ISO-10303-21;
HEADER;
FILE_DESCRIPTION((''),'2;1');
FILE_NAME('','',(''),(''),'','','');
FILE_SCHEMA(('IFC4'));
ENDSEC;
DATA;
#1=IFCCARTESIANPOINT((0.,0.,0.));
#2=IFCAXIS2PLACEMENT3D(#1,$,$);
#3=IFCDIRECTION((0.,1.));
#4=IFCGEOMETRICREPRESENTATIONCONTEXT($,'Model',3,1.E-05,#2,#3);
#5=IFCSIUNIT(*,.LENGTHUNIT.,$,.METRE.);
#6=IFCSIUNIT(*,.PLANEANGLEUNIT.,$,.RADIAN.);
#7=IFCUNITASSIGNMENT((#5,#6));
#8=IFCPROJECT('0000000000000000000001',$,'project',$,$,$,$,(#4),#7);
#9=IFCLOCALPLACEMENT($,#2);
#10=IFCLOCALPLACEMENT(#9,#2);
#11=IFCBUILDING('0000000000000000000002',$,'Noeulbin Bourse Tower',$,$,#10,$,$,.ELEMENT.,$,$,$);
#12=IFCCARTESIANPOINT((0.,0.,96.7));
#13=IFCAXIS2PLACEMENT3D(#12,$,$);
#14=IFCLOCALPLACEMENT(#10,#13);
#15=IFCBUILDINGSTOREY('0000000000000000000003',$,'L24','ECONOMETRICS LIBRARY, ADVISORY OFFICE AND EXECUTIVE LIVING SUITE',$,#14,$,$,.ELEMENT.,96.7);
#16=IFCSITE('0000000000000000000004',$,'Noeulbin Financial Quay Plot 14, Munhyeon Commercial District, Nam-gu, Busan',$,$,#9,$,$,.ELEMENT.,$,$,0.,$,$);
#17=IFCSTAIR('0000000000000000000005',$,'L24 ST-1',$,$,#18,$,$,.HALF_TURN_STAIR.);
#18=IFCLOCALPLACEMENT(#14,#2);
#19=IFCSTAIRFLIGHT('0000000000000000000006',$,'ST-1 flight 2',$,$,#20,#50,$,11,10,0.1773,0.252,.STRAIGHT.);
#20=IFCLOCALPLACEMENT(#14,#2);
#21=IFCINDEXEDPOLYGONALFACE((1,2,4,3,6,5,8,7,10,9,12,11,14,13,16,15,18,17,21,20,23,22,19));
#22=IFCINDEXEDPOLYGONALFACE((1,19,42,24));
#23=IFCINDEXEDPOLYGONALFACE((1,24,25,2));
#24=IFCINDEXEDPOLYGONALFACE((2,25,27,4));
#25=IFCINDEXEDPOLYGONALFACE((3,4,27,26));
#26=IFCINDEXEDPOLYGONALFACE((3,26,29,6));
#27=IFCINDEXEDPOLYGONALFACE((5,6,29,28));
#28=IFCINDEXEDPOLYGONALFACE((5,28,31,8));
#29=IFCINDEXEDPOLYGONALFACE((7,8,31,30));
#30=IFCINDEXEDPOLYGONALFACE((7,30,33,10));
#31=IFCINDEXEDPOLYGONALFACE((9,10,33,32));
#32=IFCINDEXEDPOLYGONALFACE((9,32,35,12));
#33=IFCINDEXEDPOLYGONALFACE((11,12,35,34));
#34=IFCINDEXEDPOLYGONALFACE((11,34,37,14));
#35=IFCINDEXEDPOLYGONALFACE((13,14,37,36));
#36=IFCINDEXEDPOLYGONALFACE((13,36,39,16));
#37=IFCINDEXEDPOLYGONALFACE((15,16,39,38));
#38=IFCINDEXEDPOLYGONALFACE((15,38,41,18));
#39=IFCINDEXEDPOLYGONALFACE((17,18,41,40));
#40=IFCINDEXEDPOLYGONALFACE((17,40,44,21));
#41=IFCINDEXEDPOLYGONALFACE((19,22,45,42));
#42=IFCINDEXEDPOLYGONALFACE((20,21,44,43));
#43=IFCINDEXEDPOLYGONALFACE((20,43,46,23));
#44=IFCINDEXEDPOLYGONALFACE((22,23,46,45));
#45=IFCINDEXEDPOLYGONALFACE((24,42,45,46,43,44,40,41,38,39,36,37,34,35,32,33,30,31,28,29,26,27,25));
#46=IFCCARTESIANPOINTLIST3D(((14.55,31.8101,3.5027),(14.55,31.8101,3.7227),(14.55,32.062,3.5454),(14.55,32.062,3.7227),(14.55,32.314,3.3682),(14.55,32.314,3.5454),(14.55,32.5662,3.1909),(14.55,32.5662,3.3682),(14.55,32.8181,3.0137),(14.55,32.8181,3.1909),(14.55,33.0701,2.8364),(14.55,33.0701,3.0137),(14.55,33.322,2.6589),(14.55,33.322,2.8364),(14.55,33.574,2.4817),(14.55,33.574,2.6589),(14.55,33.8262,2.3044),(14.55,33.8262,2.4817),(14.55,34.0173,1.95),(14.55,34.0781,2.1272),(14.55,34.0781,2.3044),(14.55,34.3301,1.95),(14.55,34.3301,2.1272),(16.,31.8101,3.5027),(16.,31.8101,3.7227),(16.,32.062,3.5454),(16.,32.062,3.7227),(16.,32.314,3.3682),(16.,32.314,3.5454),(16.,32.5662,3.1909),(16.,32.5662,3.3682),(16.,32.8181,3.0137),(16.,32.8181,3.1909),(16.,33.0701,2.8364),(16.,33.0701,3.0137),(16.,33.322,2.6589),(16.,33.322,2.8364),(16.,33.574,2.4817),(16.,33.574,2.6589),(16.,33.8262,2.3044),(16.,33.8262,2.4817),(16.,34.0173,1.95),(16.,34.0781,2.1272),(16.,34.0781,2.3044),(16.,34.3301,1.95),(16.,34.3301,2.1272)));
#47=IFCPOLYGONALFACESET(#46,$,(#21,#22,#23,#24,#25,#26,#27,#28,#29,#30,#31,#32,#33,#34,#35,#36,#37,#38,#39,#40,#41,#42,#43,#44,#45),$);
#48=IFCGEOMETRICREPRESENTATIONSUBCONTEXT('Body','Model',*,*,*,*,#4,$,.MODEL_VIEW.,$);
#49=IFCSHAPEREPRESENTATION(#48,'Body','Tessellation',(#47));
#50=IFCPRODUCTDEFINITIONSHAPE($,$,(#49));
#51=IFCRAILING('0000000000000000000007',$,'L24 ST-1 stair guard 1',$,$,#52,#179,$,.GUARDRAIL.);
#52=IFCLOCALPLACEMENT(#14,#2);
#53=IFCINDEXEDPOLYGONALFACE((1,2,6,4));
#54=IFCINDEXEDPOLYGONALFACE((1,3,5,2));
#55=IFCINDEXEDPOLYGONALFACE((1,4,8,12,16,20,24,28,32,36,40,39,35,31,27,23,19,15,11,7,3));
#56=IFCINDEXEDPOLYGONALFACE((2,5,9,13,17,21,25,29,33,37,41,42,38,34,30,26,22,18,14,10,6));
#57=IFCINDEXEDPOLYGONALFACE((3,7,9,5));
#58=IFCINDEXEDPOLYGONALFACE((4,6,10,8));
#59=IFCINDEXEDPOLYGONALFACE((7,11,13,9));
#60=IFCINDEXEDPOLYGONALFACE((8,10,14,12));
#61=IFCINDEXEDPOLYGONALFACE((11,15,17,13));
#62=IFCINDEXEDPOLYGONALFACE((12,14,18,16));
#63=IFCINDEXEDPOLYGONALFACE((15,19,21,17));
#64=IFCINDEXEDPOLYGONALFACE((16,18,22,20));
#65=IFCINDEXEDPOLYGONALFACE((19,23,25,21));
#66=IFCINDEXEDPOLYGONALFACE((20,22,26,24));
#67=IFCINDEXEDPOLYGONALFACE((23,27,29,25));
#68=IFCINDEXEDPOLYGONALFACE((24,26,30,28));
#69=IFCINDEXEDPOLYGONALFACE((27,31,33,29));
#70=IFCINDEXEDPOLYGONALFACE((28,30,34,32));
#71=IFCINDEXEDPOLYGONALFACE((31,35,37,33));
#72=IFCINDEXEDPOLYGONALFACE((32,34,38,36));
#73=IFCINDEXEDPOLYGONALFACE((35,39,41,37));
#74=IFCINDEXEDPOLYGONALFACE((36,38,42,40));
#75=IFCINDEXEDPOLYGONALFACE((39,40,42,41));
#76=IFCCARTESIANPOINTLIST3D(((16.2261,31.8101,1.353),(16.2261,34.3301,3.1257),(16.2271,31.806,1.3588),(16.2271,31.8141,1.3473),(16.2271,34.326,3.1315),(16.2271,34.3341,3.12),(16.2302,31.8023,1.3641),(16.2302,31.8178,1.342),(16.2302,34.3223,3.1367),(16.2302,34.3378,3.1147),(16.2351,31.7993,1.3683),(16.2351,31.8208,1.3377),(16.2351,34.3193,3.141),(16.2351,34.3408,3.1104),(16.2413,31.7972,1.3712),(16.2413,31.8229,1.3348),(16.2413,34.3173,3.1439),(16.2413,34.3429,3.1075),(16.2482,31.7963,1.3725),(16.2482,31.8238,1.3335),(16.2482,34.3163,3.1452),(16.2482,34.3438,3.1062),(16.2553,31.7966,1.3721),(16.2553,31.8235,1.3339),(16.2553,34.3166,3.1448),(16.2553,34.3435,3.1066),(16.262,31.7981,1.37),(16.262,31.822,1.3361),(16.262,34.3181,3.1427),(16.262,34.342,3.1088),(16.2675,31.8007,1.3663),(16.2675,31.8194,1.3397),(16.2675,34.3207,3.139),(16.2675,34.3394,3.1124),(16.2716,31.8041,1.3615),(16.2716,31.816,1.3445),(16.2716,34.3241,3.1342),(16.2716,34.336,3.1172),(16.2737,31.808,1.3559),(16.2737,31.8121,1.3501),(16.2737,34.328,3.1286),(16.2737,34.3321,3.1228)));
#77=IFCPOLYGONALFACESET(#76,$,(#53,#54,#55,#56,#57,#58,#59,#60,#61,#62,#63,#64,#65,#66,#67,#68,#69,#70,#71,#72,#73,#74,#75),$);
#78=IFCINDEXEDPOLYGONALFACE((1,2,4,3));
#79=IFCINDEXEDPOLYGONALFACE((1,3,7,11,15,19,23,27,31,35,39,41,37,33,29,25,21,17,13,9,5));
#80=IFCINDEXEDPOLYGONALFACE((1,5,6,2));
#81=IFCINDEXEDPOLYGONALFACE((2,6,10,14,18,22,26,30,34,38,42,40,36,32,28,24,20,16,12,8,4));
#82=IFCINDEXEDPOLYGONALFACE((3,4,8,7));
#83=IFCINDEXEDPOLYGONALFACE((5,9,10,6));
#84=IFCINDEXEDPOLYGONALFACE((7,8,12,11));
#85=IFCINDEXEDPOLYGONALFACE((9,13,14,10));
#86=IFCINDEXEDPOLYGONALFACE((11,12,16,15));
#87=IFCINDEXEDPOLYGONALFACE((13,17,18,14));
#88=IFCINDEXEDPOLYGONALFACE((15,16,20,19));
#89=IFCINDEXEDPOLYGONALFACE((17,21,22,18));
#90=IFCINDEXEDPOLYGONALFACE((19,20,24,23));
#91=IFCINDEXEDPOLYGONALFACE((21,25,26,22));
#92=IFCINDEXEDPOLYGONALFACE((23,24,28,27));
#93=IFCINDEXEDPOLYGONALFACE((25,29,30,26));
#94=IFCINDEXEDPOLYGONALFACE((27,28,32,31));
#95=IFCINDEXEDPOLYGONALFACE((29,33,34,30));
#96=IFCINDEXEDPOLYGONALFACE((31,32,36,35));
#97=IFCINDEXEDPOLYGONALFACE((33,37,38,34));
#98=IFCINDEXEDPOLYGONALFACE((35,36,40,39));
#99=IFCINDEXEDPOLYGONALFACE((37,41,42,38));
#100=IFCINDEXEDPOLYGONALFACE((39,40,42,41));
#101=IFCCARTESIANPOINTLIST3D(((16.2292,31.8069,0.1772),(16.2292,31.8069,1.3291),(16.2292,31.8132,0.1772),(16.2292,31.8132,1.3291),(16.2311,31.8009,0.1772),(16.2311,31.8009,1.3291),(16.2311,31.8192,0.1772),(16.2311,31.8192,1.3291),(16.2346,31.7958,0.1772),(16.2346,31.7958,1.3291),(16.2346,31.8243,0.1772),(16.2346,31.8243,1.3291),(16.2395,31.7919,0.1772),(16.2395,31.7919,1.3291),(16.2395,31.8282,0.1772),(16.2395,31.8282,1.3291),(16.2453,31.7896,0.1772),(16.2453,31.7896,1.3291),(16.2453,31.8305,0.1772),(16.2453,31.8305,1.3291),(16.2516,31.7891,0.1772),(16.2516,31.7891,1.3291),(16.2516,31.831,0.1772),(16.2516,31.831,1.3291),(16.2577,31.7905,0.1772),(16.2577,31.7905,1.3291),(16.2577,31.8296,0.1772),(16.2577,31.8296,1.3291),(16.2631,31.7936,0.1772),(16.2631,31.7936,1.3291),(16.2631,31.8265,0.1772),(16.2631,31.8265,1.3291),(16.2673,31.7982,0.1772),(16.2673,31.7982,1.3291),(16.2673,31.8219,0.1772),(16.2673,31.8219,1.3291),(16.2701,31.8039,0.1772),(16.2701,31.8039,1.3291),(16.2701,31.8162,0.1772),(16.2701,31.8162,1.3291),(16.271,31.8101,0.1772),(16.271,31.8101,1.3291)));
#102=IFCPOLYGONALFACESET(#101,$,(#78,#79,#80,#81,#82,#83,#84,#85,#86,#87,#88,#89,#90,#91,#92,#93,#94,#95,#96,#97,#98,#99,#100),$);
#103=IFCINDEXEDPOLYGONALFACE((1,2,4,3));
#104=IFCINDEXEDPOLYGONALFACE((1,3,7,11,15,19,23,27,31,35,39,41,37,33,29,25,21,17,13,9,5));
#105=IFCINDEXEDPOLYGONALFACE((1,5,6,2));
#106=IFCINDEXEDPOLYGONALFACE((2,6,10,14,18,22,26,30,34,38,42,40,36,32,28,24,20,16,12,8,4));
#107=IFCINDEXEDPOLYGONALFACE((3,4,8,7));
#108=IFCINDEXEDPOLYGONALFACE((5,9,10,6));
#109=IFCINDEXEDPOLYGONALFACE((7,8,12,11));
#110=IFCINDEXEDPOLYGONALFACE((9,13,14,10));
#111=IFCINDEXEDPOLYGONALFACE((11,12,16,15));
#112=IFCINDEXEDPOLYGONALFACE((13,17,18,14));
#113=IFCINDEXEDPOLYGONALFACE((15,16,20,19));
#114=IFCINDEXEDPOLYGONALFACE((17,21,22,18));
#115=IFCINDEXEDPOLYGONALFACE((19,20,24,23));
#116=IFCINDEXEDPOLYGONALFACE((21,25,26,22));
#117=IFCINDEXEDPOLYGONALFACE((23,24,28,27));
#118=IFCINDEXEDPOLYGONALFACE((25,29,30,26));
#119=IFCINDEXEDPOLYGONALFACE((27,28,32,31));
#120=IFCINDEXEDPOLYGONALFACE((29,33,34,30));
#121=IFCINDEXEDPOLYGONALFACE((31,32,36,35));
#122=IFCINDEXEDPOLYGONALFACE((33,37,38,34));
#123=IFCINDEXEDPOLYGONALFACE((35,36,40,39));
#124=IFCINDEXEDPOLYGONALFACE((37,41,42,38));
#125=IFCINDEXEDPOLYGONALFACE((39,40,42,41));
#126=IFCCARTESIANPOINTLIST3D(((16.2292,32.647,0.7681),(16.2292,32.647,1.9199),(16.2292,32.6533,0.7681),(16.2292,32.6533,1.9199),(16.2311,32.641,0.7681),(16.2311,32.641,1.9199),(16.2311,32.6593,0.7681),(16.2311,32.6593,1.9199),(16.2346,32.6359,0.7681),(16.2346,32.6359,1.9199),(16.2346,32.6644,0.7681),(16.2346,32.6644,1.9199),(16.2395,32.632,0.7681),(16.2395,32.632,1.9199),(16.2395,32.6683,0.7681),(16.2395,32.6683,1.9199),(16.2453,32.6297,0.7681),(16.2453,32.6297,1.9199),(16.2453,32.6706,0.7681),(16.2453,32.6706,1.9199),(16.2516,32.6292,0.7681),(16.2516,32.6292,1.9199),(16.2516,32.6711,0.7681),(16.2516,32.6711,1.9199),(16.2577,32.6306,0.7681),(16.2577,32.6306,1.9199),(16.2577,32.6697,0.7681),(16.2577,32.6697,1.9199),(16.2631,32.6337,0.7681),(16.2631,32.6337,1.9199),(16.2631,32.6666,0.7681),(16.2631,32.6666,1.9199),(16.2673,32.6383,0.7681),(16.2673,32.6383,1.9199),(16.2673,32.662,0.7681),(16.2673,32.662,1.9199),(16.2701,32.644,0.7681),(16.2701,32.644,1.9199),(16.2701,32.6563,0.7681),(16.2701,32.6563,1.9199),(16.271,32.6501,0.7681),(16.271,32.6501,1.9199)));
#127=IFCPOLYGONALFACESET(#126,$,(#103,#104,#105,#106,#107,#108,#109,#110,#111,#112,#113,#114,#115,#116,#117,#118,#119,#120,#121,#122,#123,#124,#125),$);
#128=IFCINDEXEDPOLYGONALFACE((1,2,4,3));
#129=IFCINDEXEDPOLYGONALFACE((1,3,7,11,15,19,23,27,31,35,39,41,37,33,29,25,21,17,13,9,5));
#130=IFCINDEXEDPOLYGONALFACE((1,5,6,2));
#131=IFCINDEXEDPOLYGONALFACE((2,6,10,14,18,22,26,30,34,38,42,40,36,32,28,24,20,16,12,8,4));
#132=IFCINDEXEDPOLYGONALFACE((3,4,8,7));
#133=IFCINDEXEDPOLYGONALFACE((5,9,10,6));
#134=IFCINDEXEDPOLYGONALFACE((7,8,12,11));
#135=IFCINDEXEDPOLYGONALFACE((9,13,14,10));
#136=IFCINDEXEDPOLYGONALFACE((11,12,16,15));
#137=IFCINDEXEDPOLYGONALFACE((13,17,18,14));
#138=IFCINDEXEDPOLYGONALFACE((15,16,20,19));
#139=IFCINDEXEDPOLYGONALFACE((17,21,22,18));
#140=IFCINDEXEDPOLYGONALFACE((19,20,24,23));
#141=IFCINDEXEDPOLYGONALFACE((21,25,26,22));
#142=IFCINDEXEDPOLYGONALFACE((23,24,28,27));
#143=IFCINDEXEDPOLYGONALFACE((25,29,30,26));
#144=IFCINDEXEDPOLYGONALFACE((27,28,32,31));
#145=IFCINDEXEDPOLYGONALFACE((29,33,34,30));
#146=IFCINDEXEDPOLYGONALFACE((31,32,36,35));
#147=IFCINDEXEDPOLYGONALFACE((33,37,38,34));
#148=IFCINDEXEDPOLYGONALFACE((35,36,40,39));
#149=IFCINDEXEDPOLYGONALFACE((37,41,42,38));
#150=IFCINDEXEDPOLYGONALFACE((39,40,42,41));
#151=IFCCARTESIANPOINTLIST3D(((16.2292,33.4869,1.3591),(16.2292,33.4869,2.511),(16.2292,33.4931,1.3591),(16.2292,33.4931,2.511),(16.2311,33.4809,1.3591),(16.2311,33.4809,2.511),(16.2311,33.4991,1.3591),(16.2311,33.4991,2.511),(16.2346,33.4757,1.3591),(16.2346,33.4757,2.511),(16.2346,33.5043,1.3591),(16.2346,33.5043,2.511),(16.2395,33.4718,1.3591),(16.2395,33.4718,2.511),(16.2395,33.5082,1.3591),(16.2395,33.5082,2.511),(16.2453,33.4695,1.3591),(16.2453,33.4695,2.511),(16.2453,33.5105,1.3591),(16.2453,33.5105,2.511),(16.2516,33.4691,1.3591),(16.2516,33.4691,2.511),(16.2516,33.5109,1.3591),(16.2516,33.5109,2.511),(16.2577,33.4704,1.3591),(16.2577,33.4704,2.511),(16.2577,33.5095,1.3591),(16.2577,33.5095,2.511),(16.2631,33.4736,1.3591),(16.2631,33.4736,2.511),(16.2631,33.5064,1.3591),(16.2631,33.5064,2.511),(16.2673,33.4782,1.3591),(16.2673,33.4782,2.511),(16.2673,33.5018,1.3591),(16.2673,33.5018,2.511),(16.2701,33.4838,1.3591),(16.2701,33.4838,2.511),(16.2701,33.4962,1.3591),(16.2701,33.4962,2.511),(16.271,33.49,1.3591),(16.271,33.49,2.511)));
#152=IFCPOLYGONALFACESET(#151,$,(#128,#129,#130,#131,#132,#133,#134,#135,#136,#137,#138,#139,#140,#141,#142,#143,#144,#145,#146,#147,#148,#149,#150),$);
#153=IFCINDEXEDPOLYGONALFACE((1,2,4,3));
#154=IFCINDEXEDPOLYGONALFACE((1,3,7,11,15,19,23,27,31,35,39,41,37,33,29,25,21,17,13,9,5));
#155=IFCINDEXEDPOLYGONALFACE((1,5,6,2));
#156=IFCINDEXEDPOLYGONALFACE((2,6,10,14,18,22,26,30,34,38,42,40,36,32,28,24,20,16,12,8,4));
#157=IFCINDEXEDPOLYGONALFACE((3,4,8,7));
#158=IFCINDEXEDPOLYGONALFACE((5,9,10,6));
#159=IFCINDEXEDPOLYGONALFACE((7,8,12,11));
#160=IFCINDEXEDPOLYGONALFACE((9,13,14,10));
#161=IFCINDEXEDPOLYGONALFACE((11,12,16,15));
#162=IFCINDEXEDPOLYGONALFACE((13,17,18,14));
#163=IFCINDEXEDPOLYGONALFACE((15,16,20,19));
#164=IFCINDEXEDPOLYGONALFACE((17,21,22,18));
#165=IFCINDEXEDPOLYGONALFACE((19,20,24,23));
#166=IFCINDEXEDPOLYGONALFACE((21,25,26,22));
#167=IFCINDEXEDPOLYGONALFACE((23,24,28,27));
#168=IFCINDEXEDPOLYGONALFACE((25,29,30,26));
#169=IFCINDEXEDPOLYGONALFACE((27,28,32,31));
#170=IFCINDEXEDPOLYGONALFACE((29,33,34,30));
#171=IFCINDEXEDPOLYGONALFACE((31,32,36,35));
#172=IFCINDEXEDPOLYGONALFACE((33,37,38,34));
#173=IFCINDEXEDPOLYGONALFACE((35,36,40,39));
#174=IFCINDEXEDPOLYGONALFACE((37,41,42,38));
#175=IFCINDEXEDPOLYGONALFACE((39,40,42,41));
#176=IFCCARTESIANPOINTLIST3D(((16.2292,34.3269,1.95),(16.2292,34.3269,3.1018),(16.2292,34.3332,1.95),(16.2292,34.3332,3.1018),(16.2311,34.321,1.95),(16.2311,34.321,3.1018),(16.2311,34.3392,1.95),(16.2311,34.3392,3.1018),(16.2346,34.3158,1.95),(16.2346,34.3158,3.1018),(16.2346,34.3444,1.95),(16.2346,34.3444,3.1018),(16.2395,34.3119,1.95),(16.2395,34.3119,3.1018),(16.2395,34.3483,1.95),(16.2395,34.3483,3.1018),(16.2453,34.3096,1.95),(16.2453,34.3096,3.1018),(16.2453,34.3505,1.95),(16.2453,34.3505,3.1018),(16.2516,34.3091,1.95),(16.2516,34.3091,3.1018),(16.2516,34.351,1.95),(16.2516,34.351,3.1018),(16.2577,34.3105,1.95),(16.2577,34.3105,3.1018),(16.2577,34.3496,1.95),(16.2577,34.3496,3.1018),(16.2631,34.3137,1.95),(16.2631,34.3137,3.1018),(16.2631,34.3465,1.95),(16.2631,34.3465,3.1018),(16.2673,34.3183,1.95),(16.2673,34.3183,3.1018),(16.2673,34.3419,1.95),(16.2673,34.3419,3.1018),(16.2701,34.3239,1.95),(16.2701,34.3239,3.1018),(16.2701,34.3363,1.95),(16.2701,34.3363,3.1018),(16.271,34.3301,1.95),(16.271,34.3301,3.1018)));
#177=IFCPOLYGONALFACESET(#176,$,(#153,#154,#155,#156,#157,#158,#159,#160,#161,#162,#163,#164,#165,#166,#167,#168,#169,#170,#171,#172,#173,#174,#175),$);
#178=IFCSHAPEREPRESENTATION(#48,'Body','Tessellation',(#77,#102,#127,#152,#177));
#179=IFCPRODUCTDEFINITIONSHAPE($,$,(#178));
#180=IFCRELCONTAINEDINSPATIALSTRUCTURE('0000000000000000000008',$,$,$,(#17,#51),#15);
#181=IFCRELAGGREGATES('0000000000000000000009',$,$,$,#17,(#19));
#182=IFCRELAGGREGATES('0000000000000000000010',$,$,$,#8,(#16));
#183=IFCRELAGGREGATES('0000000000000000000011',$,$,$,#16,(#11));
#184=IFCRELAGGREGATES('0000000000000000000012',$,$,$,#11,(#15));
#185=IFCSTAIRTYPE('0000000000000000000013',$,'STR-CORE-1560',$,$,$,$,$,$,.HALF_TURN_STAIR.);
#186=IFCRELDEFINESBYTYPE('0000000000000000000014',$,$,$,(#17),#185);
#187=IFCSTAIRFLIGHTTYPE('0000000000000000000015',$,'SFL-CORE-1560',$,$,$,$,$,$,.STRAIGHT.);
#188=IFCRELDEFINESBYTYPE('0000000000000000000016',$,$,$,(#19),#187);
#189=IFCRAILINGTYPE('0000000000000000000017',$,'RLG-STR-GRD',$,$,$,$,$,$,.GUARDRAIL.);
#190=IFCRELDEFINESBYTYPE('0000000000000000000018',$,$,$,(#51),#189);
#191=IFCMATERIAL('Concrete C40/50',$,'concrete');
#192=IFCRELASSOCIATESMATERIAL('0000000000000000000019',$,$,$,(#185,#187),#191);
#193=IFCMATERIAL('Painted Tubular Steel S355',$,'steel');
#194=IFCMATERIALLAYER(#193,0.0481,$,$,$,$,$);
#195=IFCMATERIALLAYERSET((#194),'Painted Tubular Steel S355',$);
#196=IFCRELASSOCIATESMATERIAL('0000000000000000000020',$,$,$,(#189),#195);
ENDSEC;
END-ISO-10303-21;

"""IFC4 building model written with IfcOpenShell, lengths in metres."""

from ifc_helpers import new_model, si_unit, direction, frame, origin, origin_2d, place, context, subcontext, project, spatial, polyline, circle, outline, extrude, material, layer, layer_set, type_object, element, aggregate, save


model = new_model("IFC4")

# Units and contexts
model_context = context("Model", 3, precision=1e-05, world=origin(), true_north=direction((0.0, 1.0)))
body_context = subcontext(model_context, "Body", "Model", "MODEL_VIEW")
ifc_project = project(units=[si_unit("LENGTHUNIT", "METRE"), si_unit("PLANEANGLEUNIT", "RADIAN")], contexts=[model_context])

# Site, building, storey
site_placement = place(None, origin())
site = spatial("IfcSite", under=ifc_project, at=site_placement, Name="Noeulbin Financial Quay Plot 14, Munhyeon Commercial District, Nam-gu, Busan", CompositionType="ELEMENT", RefElevation=0.0)
building_placement = place(site_placement, origin())
building = spatial("IfcBuilding", under=site, at=building_placement, Name="Noeulbin Bourse Tower", CompositionType="ELEMENT")
storey_placement = place(building_placement, frame((0.0, 0.0, 96.7)))
storey = spatial("IfcBuildingStorey", under=building, at=storey_placement, Name="L24", Description="ECONOMETRICS LIBRARY, ADVISORY OFFICE AND EXECUTIVE LIVING SUITE", CompositionType="ELEMENT", Elevation=96.7)

# Shared definitions
ifc_material_1 = material(Name="Concrete C40/50", Category="concrete")

# Stair, stair flight
stair_type = type_object("IfcStairType", Name="STR-CORE-1560", PredefinedType="HALF_TURN_STAIR", material=ifc_material_1)
stair_placement = place(storey_placement, origin())
stair = element("IfcStair", 1, at=stair_placement, inside=storey, type_object=stair_type, Name="L24 ST-1", PredefinedType="HALF_TURN_STAIR")
stair_flight_type = type_object("IfcStairFlightType", Name="SFL-CORE-1560", PredefinedType="STRAIGHT", material=ifc_material_1)
stair_flight_1_placement = place(storey_placement, frame((15.2749, 34.3301, 1.95), z_axis=(0.0, 0.0, 1.0), x_axis=(0.0, -1.0, 0.0)))
stair_flight_1 = element("IfcStairFlight", 2, at=stair_flight_1_placement, type_object=stair_flight_type, Name="ST-1 flight 2", NumberOfRisers=11, NumberOfTreads=10, PredefinedType="STRAIGHT", RiserHeight=0.1773, TreadLength=0.252, context=body_context, shape_type="SweptSolid", body=[
    extrude(outline(polyline([(0.0, 0.0), (0.0, 0.1772), (0.252, 0.1772), (0.252, 0.3545), (0.5039, 0.3545), (0.5039, 0.5317), (0.7561, 0.5317), (0.7561, 0.709), (1.0081, 0.709), (1.0081, 0.8865), (1.26, 0.8865), (1.26, 1.0637), (1.512, 1.0637), (1.512, 1.241), (1.7639, 1.241), (1.7639, 1.4182), (2.0161, 1.4182), (2.0161, 1.5955), (2.2681, 1.5955), (2.2681, 1.7727), (2.52, 1.7727), (2.52, 1.95), (2.52, 1.5527), (0.3127, 0.0), (0.0, 0.0)])), frame((0.0, 0.7251, 0.0), z_axis=(0.0, -1.0, 0.0), x_axis=(1.0, 0.0, 0.0)), (0.0, 0.0, 1.0), 1.45),
])
aggregate(stair, [stair_flight_1])

# Railing
ifc_material_2 = material(Name="Painted Tubular Steel S355", Category="steel")
ifc_layer_1 = layer(ifc_material_2, 0.0481)
ifc_layer_set_1 = layer_set([ifc_layer_1], Name="Painted Tubular Steel S355")
railing_type_1 = type_object("IfcRailingType", Name="RLG-STR-GRD", PredefinedType="GUARDRAIL", material=ifc_layer_set_1)
railing_1_placement = place(storey_placement, frame((16.25, 31.8101, 0.1772)))
element("IfcRailing", 3, at=railing_1_placement, inside=storey, type_object=railing_type_1, Name="L24 ST-1 stair guard 1", PredefinedType="GUARDRAIL", context=body_context, shape_type="SweptSolid", body=[
    extrude(circle(Radius=0.0239, at=origin_2d()), frame((0.0, 0.0, 1.1758), z_axis=(0.0, 0.817904, 0.575354), x_axis=(-1.0, 0.0, 0.0)), (0.0, 0.0, 1.0), 3.0811),
    extrude(circle(Radius=0.021, at=origin_2d()), origin(), (0.0, 0.0, 1.0), 1.1519),
    extrude(circle(Radius=0.021, at=origin_2d()), frame((0.0, 0.8401, 0.5908)), (0.0, 0.0, 1.0), 1.1519),
    extrude(circle(Radius=0.021, at=origin_2d()), frame((0.0, 1.6799, 1.1819)), (0.0, 0.0, 1.0), 1.1519),
    extrude(circle(Radius=0.021, at=origin_2d()), frame((0.0, 2.52, 1.7727)), (0.0, 0.0, 1.0), 1.1519),
])

save(model, "model.ifc")
